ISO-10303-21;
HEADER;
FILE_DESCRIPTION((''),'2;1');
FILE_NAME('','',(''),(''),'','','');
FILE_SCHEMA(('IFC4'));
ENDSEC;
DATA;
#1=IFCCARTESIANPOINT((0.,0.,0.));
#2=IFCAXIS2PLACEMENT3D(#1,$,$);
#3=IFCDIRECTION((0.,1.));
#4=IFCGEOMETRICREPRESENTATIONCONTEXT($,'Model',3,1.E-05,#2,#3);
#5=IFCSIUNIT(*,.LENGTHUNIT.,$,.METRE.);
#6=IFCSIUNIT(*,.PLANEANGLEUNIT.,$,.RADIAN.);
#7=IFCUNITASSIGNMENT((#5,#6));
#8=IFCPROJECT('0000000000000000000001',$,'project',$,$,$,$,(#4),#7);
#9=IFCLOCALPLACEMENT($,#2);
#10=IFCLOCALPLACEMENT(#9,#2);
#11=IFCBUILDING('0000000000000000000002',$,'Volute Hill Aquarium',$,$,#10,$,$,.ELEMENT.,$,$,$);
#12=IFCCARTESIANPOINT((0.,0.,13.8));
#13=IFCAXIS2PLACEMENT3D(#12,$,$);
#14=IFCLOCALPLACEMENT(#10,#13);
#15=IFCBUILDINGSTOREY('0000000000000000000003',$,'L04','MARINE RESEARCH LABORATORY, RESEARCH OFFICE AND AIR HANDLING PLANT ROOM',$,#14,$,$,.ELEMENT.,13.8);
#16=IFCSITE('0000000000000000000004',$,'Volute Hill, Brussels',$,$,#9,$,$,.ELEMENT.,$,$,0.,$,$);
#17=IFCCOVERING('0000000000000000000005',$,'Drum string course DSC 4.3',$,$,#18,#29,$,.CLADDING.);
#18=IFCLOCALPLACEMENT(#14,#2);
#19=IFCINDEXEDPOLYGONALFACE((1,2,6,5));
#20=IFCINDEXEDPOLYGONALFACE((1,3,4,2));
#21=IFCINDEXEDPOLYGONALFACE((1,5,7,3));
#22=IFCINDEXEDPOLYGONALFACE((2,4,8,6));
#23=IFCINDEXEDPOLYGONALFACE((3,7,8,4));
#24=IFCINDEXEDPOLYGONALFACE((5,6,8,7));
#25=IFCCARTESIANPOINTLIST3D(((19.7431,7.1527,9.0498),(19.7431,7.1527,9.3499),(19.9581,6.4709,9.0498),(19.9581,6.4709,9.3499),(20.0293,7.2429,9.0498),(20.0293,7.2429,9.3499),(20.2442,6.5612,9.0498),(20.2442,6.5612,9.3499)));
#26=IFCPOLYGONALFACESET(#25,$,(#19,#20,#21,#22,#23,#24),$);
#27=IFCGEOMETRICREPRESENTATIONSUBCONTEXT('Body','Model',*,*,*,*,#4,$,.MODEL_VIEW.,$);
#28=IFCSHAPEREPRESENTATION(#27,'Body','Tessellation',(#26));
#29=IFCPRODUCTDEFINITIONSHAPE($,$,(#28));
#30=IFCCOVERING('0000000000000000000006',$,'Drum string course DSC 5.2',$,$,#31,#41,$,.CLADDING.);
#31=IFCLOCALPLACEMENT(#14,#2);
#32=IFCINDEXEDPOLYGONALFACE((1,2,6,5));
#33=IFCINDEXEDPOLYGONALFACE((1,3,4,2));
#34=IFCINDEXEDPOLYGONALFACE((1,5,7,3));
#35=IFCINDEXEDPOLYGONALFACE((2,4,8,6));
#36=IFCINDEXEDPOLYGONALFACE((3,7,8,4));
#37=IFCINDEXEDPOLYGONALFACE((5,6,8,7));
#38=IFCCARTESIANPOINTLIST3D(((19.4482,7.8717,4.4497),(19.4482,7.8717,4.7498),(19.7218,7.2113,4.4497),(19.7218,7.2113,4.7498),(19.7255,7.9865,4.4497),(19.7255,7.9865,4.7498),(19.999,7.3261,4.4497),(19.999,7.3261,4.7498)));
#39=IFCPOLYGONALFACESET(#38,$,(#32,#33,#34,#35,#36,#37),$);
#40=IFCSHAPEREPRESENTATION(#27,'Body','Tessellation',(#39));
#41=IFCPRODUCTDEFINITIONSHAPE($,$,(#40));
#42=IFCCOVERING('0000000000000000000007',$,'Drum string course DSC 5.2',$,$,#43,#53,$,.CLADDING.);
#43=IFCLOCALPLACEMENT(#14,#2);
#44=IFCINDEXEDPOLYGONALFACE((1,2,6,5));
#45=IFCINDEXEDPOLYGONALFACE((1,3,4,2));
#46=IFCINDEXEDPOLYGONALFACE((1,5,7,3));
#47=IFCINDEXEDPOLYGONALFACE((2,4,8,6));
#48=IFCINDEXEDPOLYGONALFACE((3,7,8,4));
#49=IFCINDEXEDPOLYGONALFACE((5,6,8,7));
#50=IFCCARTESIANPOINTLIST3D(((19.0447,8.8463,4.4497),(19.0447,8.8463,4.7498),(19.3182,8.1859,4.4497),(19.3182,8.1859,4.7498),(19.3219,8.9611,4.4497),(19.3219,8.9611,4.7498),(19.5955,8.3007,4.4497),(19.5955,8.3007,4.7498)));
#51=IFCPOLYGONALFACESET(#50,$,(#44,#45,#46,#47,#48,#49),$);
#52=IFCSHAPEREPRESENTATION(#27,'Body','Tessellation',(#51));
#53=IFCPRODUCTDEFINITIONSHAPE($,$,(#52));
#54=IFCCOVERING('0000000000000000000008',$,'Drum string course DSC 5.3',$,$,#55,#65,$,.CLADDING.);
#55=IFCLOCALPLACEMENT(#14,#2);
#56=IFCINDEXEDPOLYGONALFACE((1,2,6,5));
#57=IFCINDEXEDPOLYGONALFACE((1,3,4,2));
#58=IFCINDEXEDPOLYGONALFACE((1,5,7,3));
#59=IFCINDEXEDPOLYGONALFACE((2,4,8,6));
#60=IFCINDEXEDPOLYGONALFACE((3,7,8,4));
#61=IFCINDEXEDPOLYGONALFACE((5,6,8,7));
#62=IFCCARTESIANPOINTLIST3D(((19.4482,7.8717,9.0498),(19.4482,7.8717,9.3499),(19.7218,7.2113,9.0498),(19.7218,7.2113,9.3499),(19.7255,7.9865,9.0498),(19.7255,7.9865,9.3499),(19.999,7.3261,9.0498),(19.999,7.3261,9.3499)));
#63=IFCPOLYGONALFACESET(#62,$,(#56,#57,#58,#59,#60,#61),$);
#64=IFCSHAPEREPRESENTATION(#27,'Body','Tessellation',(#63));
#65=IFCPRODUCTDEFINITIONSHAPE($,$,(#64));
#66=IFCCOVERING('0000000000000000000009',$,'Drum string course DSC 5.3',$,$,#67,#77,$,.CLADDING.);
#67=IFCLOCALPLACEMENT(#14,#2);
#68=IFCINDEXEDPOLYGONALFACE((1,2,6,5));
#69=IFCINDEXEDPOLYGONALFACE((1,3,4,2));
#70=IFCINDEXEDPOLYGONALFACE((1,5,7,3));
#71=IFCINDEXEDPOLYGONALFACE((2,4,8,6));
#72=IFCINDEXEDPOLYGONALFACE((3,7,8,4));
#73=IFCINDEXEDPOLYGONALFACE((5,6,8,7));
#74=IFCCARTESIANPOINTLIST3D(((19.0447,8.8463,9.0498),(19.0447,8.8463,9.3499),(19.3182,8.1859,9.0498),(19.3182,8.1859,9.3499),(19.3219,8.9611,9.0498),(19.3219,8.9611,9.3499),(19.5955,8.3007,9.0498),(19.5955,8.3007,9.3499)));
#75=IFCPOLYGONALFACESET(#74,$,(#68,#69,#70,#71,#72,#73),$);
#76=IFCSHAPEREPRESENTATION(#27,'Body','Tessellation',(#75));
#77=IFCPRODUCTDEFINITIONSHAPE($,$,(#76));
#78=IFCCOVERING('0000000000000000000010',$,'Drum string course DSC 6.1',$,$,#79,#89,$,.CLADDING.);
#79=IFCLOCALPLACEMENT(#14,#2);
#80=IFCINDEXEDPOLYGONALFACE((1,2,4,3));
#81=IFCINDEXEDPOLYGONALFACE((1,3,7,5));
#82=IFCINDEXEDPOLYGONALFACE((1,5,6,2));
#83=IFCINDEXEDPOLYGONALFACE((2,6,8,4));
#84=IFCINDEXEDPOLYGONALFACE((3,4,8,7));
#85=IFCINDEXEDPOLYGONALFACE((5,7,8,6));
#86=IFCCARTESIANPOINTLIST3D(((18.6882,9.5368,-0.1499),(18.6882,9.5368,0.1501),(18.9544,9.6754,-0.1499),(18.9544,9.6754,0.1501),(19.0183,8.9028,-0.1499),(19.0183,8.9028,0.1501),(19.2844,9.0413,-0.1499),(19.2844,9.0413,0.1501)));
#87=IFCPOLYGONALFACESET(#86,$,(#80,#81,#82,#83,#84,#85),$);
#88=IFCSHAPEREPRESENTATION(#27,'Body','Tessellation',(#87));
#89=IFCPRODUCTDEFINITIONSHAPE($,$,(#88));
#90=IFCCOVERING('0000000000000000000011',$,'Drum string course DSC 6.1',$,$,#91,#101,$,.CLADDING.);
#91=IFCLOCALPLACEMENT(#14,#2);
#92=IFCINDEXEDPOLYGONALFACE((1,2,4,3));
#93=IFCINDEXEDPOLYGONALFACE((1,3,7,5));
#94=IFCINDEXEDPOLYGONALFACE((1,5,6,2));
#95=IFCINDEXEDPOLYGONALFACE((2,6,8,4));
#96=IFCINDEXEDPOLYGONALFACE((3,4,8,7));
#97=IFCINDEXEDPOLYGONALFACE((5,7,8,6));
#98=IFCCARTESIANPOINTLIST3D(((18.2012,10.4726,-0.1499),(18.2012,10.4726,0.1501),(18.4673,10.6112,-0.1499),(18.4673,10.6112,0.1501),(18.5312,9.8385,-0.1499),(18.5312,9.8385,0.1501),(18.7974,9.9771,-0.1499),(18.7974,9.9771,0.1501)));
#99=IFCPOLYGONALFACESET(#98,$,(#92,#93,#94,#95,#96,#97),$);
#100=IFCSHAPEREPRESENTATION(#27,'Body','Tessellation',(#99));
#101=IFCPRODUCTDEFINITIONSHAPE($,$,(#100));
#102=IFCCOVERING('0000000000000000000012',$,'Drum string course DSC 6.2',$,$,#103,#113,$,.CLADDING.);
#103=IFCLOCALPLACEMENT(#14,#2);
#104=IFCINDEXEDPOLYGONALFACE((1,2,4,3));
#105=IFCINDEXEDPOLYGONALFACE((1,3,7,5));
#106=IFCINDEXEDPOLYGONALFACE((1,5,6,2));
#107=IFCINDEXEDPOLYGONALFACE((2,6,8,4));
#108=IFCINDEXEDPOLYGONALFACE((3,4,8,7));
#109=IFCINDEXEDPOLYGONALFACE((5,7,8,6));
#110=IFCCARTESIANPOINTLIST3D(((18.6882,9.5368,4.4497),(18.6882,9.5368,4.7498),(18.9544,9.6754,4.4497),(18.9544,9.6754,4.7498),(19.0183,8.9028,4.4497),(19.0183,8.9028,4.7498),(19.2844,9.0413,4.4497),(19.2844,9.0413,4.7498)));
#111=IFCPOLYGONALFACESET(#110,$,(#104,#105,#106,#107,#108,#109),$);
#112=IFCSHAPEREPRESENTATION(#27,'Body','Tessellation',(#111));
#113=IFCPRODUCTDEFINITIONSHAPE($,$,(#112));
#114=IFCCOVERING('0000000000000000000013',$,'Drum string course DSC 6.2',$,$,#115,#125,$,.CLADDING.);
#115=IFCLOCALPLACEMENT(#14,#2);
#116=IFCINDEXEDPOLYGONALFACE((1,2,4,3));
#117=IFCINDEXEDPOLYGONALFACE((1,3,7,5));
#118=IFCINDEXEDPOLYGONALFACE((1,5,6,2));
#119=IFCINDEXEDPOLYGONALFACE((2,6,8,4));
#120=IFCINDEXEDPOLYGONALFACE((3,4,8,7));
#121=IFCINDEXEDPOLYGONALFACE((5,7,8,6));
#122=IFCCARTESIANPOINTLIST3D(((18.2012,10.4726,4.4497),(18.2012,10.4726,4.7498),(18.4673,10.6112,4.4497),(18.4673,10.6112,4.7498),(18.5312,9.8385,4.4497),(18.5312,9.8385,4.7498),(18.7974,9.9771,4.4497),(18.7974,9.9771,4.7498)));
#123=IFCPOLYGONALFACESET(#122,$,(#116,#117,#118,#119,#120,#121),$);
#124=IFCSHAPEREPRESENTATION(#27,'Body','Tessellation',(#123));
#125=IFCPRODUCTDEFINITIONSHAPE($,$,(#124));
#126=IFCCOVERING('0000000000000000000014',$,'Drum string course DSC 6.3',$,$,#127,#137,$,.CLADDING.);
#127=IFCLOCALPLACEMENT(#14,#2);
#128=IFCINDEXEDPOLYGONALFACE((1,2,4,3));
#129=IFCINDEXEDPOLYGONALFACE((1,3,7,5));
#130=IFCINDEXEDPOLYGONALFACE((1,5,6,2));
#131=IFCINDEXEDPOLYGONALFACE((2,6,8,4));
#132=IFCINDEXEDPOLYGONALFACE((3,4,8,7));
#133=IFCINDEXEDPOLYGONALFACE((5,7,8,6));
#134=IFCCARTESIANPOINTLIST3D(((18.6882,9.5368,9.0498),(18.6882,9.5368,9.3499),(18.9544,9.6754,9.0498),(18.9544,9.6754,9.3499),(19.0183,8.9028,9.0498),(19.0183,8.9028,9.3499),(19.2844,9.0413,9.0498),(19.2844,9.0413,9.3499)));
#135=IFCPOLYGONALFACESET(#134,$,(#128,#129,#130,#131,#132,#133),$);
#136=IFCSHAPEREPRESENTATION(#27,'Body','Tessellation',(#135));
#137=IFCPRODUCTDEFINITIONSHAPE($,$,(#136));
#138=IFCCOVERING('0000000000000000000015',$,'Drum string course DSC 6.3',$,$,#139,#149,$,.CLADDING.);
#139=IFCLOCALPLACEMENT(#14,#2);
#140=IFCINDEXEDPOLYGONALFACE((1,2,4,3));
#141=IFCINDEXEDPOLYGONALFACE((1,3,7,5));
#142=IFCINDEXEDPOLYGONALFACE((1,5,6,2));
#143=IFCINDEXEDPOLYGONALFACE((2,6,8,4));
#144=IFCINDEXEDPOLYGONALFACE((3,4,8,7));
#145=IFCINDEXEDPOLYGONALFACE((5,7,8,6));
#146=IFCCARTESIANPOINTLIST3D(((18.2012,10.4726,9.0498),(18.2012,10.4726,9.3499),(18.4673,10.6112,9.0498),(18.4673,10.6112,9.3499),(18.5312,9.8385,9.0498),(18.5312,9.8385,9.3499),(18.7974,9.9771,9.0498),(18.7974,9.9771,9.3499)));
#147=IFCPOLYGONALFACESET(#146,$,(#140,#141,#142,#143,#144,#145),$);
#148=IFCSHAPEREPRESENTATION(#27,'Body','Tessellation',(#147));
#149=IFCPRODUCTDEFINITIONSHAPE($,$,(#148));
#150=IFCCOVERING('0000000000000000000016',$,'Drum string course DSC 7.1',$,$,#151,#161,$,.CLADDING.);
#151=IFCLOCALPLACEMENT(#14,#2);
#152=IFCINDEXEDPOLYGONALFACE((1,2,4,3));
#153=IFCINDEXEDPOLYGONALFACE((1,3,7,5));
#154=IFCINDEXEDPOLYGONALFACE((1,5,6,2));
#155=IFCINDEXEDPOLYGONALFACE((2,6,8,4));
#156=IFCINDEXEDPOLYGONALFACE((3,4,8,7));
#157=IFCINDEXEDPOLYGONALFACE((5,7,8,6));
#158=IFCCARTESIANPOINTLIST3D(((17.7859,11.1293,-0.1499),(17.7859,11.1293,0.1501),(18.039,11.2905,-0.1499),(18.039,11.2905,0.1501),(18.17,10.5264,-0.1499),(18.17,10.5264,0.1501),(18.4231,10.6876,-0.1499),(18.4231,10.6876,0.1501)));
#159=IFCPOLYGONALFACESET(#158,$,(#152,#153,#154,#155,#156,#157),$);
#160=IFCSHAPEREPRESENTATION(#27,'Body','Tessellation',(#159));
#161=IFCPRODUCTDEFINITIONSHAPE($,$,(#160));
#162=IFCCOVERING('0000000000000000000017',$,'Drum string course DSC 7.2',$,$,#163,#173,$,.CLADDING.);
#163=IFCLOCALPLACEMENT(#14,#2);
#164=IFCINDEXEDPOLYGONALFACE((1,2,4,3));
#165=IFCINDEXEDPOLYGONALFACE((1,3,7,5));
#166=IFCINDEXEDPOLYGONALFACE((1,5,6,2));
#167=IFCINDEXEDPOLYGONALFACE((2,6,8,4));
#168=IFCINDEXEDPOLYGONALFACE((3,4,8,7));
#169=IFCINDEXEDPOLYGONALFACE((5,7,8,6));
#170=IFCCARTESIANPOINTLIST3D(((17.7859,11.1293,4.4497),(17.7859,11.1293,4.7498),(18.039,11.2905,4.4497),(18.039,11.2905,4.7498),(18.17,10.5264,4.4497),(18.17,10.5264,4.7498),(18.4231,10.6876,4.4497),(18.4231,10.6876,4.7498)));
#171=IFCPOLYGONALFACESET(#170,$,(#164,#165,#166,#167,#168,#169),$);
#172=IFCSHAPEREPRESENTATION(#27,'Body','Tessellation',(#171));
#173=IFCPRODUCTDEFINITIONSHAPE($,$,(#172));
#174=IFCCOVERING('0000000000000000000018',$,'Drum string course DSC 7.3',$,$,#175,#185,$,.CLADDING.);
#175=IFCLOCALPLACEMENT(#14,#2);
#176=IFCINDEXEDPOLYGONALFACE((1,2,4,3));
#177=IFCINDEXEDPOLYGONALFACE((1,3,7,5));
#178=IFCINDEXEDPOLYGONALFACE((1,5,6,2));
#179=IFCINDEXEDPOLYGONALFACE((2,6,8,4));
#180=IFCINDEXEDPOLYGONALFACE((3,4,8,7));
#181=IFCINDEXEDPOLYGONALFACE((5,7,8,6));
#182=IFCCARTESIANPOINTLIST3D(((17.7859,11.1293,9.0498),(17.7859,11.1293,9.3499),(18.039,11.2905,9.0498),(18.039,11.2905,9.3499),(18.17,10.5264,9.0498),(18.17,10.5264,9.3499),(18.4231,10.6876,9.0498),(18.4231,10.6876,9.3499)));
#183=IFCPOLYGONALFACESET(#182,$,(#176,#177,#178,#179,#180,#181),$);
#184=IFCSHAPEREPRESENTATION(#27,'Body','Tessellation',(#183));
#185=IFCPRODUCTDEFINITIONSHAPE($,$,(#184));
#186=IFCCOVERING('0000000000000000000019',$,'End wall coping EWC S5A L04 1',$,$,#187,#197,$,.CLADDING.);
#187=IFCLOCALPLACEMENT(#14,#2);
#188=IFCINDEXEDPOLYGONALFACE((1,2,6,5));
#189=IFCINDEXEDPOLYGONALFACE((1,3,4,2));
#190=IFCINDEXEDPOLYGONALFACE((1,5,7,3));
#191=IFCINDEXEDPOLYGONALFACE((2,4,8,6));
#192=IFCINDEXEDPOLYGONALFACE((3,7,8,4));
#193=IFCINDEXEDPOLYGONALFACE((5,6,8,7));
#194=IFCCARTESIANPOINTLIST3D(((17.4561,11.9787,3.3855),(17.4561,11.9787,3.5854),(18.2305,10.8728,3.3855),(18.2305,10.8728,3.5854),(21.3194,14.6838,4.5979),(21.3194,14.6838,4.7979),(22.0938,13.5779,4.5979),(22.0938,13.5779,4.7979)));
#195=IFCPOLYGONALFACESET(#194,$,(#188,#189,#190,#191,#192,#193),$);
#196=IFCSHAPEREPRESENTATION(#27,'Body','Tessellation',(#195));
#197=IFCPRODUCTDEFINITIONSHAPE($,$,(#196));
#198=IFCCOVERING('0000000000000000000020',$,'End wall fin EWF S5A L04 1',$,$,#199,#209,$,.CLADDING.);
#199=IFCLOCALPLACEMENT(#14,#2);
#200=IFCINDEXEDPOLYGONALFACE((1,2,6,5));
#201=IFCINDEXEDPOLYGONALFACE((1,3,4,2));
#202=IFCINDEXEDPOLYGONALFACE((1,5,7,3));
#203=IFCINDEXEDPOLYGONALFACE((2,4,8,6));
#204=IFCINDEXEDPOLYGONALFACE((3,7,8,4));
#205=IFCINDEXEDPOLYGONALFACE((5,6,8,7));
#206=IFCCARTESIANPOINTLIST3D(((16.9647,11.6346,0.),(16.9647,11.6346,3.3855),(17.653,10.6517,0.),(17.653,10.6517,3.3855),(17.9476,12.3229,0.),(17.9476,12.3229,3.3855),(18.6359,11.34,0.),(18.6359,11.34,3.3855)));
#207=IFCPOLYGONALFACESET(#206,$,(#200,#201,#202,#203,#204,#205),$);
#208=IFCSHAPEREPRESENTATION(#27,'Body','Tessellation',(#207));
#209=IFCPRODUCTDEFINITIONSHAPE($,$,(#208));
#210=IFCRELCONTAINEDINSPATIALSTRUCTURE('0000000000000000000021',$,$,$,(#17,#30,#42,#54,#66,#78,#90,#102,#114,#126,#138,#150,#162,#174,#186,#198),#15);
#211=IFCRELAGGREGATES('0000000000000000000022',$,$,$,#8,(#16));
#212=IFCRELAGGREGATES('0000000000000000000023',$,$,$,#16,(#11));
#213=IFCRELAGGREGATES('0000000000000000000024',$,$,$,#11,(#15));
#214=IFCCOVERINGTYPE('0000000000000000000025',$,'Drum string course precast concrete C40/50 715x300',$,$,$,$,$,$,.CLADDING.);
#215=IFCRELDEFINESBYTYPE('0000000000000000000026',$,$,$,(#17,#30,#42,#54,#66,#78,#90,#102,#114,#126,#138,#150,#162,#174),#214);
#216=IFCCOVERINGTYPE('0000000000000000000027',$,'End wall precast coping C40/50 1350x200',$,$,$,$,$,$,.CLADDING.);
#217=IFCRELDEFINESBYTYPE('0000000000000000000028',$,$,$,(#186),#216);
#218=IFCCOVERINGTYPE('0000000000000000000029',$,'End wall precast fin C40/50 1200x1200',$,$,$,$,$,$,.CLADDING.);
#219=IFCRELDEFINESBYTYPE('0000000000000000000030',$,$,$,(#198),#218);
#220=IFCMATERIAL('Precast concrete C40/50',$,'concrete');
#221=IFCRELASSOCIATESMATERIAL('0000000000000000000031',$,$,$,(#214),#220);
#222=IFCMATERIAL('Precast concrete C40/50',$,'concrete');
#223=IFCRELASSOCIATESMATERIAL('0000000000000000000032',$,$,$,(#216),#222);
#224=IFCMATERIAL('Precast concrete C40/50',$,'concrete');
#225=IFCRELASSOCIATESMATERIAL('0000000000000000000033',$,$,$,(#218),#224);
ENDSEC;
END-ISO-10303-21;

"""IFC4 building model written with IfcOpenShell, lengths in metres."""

from ifc_helpers import new_model, si_unit, direction, frame, origin, origin_2d, place, context, subcontext, project, spatial, polyline, rectangle, outline, extrude, material, type_object, element, save


model = new_model("IFC4")

# Units and contexts
model_context = context("Model", 3, precision=1e-05, world=origin(), true_north=direction((0.0, 1.0)))
body_context = subcontext(model_context, "Body", "Model", "MODEL_VIEW")
ifc_project = project(units=[si_unit("LENGTHUNIT", "METRE"), si_unit("PLANEANGLEUNIT", "RADIAN")], contexts=[model_context])

# Site, building, storey
site_placement = place(None, origin())
site = spatial("IfcSite", under=ifc_project, at=site_placement, Name="Volute Hill, Brussels", CompositionType="ELEMENT", RefElevation=0.0)
building_placement = place(site_placement, origin())
building = spatial("IfcBuilding", under=site, at=building_placement, Name="Volute Hill Aquarium", CompositionType="ELEMENT")
storey_placement = place(building_placement, frame((0.0, 0.0, 13.8)))
storey = spatial("IfcBuildingStorey", under=building, at=storey_placement, Name="L04", Description="MARINE RESEARCH LABORATORY, RESEARCH OFFICE AND AIR HANDLING PLANT ROOM", CompositionType="ELEMENT", Elevation=13.8)

# Coverings
ifc_material_1 = material(Name="Precast concrete C40/50", Category="concrete")
covering_type_1 = type_object("IfcCoveringType", Name="Drum string course precast concrete C40/50 715x300", PredefinedType="CLADDING", material=ifc_material_1)
for number, where, z_axis, x_axis, name in (
    (1, (19.9937, 6.8569, 9.0498), (0.0, 0.0, 1.0), (-0.300706, 0.953717, 0.0), "Drum string course DSC 4.3"),
    (2, (19.7236, 7.5989, 4.4497), (0.0, 0.0, 1.0), (-0.382683, 0.92388, 0.0), "Drum string course DSC 5.2"),
    (3, (19.3201, 8.5735, 4.4497), (0.0, 0.0, 1.0), (-0.382683, 0.92388, 0.0), "Drum string course DSC 5.2"),
    (4, (19.7236, 7.5989, 9.0498), (0.0, 0.0, 1.0), (-0.382683, 0.92388, 0.0), "Drum string course DSC 5.3"),
    (5, (19.3201, 8.5735, 9.0498), (0.0, 0.0, 1.0), (-0.382683, 0.92388, 0.0), "Drum string course DSC 5.3"),
    (6, (18.9863, 9.2891, -0.1499), (0.0, 0.0, 1.0), (-0.461749, 0.887011, 0.0), "Drum string course DSC 6.1"),
    (7, (18.4993, 10.2249, -0.1499), (0.0, 0.0, 1.0), (-0.461749, 0.887011, 0.0), "Drum string course DSC 6.1"),
    (8, (18.9863, 9.2891, 4.4497), (0.0, 0.0, 1.0), (-0.461749, 0.887011, 0.0), "Drum string course DSC 6.2"),
    (9, (18.4993, 10.2249, 4.4497), (0.0, 0.0, 1.0), (-0.461749, 0.887011, 0.0), "Drum string course DSC 6.2"),
    (10, (18.9863, 9.2891, 9.0498), (0.0, 0.0, 1.0), (-0.461749, 0.887011, 0.0), "Drum string course DSC 6.3"),
    (11, (18.4993, 10.2249, 9.0498), (0.0, 0.0, 1.0), (-0.461749, 0.887011, 0.0), "Drum string course DSC 6.3"),
    (12, (18.1045, 10.9084, -0.1499), (0.0, 0.0, 1.0), (-0.5373, 0.843391, 0.0), "Drum string course DSC 7.1"),
    (13, (18.1045, 10.9084, 4.4497), (0.0, 0.0, 1.0), (-0.5373, 0.843391, 0.0), "Drum string course DSC 7.2"),
    (14, (18.1045, 10.9084, 9.0498), (0.0, 0.0, 1.0), (-0.5373, 0.843391, 0.0), "Drum string course DSC 7.3"),
):
    element("IfcCovering", number, at=place(storey_placement, frame(where, z_axis=z_axis, x_axis=x_axis)), inside=storey, type_object=covering_type_1, Name=name, PredefinedType="CLADDING", context=body_context, shape_type="SweptSolid", body=[
        extrude(rectangle(XDim=0.7148, YDim=0.3, at=origin_2d()), origin(), (0.0, 0.0, 1.0), 0.3),
    ])
ifc_material_2 = material(Name="Precast concrete C40/50", Category="concrete")
covering_type_2 = type_object("IfcCoveringType", Name="End wall precast coping C40/50 1350x200", PredefinedType="CLADDING", material=ifc_material_2)
covering_1_placement = place(storey_placement, frame((18.2305, 10.8728, 3.3855), z_axis=(0.573574, -0.819154, 0.0), x_axis=(0.793358, 0.555511, 0.248977)))
element("IfcCovering", 15, at=covering_1_placement, inside=storey, type_object=covering_type_2, Name="End wall coping EWC S5A L04 1", PredefinedType="CLADDING", context=body_context, shape_type="SweptSolid", body=[
    extrude(outline(polyline([(0.0, 0.0), (4.8695, 0.0), (4.9193, 0.1937), (0.0498, 0.1937), (0.0, 0.0)])), origin(), (0.0, 0.0, -1.0), 1.3501),
])
ifc_material_3 = material(Name="Precast concrete C40/50", Category="concrete")
covering_type_3 = type_object("IfcCoveringType", Name="End wall precast fin C40/50 1200x1200", PredefinedType="CLADDING", material=ifc_material_3)
covering_2_placement = place(storey_placement, frame((17.8003, 11.4873, 0.0), z_axis=(0.0, 0.0, 1.0), x_axis=(0.81915, 0.573579, 0.0)))
element("IfcCovering", 16, at=covering_2_placement, inside=storey, type_object=covering_type_3, Name="End wall fin EWF S5A L04 1", PredefinedType="CLADDING", context=body_context, shape_type="SweptSolid", body=[
    extrude(rectangle(XDim=1.2, YDim=1.2, at=origin_2d()), origin(), (0.0, 0.0, 1.0), 3.3855),
])

save(model, "model.ifc")
